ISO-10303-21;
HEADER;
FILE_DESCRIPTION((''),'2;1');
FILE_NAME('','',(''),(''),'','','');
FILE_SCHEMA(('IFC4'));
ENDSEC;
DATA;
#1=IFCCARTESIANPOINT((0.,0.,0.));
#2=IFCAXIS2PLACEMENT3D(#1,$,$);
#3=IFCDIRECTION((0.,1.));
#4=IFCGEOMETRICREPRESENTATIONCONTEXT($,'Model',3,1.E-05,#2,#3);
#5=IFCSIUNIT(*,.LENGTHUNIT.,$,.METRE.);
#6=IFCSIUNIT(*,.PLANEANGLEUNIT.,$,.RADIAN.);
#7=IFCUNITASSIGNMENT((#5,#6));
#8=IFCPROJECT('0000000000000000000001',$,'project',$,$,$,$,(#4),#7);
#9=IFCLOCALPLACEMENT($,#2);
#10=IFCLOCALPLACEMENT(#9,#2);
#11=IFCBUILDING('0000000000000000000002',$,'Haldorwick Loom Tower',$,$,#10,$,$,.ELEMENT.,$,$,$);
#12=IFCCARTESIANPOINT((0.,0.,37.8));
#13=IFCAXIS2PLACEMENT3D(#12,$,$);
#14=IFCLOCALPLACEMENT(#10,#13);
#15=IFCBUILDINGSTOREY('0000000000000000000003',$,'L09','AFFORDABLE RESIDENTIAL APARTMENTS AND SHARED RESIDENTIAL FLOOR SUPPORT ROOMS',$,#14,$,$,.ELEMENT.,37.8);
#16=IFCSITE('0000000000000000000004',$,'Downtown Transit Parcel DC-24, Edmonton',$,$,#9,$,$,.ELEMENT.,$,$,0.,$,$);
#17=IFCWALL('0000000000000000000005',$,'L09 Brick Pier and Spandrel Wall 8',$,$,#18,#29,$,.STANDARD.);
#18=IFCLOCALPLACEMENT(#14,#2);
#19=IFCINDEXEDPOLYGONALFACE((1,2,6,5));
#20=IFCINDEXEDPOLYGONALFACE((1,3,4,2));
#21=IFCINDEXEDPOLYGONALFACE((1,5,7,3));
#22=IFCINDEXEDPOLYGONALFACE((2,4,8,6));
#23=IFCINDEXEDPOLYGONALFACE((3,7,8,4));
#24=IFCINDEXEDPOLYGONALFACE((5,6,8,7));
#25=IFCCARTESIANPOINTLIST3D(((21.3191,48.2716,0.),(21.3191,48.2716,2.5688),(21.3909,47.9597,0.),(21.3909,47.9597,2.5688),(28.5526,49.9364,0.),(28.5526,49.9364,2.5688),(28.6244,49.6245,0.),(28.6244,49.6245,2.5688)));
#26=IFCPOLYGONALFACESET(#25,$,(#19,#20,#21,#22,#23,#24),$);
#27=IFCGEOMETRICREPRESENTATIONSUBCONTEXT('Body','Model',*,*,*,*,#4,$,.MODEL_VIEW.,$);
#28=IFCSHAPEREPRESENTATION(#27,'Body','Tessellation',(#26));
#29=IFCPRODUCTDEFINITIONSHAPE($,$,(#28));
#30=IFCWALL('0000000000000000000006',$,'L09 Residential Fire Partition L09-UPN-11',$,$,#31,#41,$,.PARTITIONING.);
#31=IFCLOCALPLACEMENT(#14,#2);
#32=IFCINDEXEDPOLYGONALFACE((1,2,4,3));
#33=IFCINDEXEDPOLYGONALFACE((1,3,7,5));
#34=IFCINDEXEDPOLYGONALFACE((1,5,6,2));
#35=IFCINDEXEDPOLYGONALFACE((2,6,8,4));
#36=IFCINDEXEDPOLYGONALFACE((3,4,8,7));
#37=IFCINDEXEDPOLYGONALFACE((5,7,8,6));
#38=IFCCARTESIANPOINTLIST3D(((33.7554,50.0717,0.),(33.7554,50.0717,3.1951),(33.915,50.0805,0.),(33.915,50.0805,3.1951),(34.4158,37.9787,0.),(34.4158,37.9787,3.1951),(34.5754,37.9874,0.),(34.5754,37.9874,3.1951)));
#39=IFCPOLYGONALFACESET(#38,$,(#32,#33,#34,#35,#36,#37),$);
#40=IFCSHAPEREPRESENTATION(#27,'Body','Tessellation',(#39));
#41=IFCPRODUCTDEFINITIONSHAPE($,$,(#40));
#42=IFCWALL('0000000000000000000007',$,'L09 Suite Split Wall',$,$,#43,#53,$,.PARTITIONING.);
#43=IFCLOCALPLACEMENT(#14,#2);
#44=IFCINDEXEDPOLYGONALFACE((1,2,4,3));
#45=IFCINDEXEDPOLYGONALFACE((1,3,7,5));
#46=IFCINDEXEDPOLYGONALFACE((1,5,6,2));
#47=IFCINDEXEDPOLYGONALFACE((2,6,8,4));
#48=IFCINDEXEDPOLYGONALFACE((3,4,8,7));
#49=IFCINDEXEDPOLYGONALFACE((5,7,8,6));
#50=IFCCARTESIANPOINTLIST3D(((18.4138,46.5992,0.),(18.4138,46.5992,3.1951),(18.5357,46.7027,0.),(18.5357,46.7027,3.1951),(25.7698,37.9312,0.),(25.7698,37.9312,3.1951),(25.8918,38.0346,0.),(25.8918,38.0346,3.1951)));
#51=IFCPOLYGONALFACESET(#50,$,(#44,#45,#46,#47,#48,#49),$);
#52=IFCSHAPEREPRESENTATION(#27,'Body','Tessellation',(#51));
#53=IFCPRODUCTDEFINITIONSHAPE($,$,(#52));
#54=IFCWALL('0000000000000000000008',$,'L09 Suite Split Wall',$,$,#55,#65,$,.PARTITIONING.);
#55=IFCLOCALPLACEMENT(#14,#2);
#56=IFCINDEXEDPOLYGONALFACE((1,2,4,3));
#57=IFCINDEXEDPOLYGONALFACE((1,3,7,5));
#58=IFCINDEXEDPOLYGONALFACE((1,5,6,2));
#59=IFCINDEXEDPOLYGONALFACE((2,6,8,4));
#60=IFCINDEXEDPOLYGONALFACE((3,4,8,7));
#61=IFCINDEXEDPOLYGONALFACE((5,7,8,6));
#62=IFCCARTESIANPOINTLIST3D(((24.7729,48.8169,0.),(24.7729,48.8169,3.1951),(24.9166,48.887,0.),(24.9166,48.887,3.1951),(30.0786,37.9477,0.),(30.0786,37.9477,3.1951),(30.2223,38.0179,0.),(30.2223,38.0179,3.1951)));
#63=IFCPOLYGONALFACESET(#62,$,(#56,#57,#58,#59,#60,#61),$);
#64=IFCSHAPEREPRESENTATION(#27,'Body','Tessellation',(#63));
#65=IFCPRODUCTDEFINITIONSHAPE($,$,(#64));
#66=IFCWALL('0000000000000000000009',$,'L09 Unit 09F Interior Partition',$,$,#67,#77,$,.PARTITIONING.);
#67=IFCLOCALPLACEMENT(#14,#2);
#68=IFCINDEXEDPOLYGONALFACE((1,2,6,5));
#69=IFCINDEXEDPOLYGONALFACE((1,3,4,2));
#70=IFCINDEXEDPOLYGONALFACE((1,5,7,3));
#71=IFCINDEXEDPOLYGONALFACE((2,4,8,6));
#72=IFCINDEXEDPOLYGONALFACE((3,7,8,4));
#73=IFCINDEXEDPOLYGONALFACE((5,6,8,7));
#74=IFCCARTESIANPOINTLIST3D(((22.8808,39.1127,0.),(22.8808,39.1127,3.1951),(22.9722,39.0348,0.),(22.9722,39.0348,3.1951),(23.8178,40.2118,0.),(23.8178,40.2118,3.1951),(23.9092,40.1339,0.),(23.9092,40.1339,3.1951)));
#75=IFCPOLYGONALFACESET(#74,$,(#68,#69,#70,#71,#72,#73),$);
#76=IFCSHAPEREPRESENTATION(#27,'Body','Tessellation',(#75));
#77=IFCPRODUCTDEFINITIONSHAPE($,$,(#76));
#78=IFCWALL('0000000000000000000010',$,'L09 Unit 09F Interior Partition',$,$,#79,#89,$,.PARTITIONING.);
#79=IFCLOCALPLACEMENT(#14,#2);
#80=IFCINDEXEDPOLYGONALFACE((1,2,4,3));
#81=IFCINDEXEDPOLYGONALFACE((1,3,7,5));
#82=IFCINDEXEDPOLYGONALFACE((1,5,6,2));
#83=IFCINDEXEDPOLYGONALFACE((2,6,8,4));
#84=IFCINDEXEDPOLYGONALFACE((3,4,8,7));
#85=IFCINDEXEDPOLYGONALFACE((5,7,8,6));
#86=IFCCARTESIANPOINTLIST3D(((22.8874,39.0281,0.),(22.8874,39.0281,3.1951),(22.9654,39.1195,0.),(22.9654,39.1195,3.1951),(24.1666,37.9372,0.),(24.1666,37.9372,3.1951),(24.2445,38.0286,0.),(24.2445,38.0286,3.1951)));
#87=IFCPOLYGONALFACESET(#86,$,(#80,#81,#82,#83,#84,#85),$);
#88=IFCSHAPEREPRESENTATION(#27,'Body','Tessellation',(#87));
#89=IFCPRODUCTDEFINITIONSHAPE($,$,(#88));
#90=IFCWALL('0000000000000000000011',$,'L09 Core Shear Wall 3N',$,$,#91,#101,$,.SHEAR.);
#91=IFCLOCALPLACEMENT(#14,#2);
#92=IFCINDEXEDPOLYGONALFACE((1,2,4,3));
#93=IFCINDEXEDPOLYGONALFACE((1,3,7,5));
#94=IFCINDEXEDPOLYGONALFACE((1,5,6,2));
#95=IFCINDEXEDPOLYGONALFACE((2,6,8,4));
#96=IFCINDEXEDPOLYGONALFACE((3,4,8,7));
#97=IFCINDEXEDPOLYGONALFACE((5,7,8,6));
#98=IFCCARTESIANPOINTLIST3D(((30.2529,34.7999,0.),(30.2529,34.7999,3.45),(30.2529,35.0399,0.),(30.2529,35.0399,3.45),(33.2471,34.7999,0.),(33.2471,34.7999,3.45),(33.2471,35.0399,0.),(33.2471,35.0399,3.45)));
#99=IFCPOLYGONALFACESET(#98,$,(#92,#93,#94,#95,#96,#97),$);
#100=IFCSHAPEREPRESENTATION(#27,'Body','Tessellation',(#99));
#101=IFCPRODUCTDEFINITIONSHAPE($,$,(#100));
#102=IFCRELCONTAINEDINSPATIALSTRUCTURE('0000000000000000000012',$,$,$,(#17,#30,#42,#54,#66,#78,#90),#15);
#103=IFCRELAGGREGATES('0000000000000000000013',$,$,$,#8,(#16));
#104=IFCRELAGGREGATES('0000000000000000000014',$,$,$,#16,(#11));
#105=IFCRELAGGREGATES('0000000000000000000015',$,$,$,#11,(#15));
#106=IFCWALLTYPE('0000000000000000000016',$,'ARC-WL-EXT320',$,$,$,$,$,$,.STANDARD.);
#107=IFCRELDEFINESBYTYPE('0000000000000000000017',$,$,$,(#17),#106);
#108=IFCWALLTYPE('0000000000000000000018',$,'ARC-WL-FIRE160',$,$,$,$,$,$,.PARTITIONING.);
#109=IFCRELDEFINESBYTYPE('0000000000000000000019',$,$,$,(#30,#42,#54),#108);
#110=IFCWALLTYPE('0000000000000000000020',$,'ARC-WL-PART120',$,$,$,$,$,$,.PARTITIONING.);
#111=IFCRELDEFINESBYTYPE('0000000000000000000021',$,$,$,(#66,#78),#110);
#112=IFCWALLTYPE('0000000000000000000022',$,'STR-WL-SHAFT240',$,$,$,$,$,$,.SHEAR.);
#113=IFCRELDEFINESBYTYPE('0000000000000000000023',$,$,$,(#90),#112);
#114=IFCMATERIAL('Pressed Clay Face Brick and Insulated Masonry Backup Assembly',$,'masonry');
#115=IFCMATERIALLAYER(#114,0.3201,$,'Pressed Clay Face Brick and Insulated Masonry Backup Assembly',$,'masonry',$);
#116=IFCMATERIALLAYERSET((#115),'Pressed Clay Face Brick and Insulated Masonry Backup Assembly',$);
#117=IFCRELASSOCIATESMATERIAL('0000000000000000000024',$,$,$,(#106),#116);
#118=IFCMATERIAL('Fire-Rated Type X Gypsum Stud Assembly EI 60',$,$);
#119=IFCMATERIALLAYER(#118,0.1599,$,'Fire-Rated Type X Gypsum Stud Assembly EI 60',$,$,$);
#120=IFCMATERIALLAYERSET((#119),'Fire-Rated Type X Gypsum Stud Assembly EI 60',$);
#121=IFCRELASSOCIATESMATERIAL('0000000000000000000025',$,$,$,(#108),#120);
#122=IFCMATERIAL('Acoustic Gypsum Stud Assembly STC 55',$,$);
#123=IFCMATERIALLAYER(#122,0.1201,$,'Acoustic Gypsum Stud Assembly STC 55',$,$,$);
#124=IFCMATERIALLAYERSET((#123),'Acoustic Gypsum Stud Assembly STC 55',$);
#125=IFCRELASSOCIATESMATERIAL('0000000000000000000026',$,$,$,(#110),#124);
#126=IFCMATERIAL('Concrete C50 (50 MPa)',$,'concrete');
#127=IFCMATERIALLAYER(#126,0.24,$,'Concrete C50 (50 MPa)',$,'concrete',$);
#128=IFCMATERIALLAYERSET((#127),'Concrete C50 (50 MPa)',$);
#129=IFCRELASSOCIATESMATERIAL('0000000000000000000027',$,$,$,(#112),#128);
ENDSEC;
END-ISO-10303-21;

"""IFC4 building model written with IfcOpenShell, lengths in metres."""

from ifc_helpers import new_model, si_unit, direction, frame, frame_2d, origin, place, context, subcontext, project, spatial, rectangle, extrude, material, layer, layer_set, type_object, element, save


model = new_model("IFC4")

# Units and contexts
model_context = context("Model", 3, precision=1e-05, world=origin(), true_north=direction((0.0, 1.0)))
body_context = subcontext(model_context, "Body", "Model", "MODEL_VIEW")
ifc_project = project(units=[si_unit("LENGTHUNIT", "METRE"), si_unit("PLANEANGLEUNIT", "RADIAN")], contexts=[model_context])

# Site, building, storey
site_placement = place(None, origin())
site = spatial("IfcSite", under=ifc_project, at=site_placement, Name="Downtown Transit Parcel DC-24, Edmonton", CompositionType="ELEMENT", RefElevation=0.0)
building_placement = place(site_placement, origin())
building = spatial("IfcBuilding", under=site, at=building_placement, Name="Haldorwick Loom Tower", CompositionType="ELEMENT")
storey_placement = place(building_placement, frame((0.0, 0.0, 37.8)))
storey = spatial("IfcBuildingStorey", under=building, at=storey_placement, Name="L09", Description="AFFORDABLE RESIDENTIAL APARTMENTS AND SHARED RESIDENTIAL FLOOR SUPPORT ROOMS", CompositionType="ELEMENT", Elevation=37.8)

# Walls
ifc_material_1 = material(Name="Pressed Clay Face Brick and Insulated Masonry Backup Assembly", Category="masonry")
ifc_layer_1 = layer(ifc_material_1, 0.3201, Name="Pressed Clay Face Brick and Insulated Masonry Backup Assembly", Category="masonry")
ifc_layer_set_1 = layer_set([ifc_layer_1], Name="Pressed Clay Face Brick and Insulated Masonry Backup Assembly")
wall_type_1 = type_object("IfcWallType", Name="ARC-WL-EXT320", PredefinedType="STANDARD", material=ifc_layer_set_1)
wall_1_placement = place(storey_placement, frame((28.5886, 49.7805, 0.0), z_axis=(0.0, 0.0, 1.0), x_axis=(-0.974522, -0.22429, 0.0)))
element("IfcWall", 1, at=wall_1_placement, inside=storey, type_object=wall_type_1, Name="L09 Brick Pier and Spandrel Wall 8", PredefinedType="STANDARD", context=body_context, shape_type="SweptSolid", body=[
    extrude(rectangle(XDim=7.4226, YDim=0.3201, at=frame_2d((3.7114, 0.0))), origin(), (0.0, 0.0, 1.0), 2.5688),
])
ifc_material_2 = material(Name="Fire-Rated Type X Gypsum Stud Assembly EI 60")
ifc_layer_2 = layer(ifc_material_2, 0.1599, Name="Fire-Rated Type X Gypsum Stud Assembly EI 60")
ifc_layer_set_2 = layer_set([ifc_layer_2], Name="Fire-Rated Type X Gypsum Stud Assembly EI 60")
wall_type_2 = type_object("IfcWallType", Name="ARC-WL-FIRE160", PredefinedType="PARTITIONING", material=ifc_layer_set_2)
wall_2_placement = place(storey_placement, frame((34.4956, 37.9829, 0.0), z_axis=(0.0, 0.0, 1.0), x_axis=(-0.054529, 0.998512, 0.0)))
element("IfcWall", 2, at=wall_2_placement, inside=storey, type_object=wall_type_2, Name="L09 Residential Fire Partition L09-UPN-11", PredefinedType="PARTITIONING", context=body_context, shape_type="SweptSolid", body=[
    extrude(rectangle(XDim=12.1111, YDim=0.1599, at=frame_2d((6.0557, 0.0))), origin(), (0.0, 0.0, 1.0), 3.1951),
])
wall_3_placement = place(storey_placement, frame((25.8308, 37.9829, 0.0), z_axis=(0.0, 0.0, 1.0), x_axis=(-0.647045, 0.762452, 0.0)))
element("IfcWall", 3, at=wall_3_placement, inside=storey, type_object=wall_type_2, Name="L09 Suite Split Wall", PredefinedType="PARTITIONING", context=body_context, shape_type="SweptSolid", body=[
    extrude(rectangle(XDim=11.3687, YDim=0.1599, at=frame_2d((5.6843, 0.0))), origin(), (0.0, 0.0, 1.0), 3.1951),
])
wall_4_placement = place(storey_placement, frame((30.1504, 37.9829, 0.0), z_axis=(0.0, 0.0, 1.0), x_axis=(-0.438667, 0.89865, 0.0)))
element("IfcWall", 4, at=wall_4_placement, inside=storey, type_object=wall_type_2, Name="L09 Suite Split Wall", PredefinedType="PARTITIONING", context=body_context, shape_type="SweptSolid", body=[
    extrude(rectangle(XDim=12.095, YDim=0.1599, at=frame_2d((6.0474, 0.0))), origin(), (0.0, 0.0, 1.0), 3.1951),
])
ifc_material_3 = material(Name="Acoustic Gypsum Stud Assembly STC 55")
ifc_layer_3 = layer(ifc_material_3, 0.1201, Name="Acoustic Gypsum Stud Assembly STC 55")
ifc_layer_set_3 = layer_set([ifc_layer_3], Name="Acoustic Gypsum Stud Assembly STC 55")
wall_type_3 = type_object("IfcWallType", Name="ARC-WL-PART120", PredefinedType="PARTITIONING", material=ifc_layer_set_3)
wall_5_placement = place(storey_placement, frame((23.8635, 40.1729, 0.0), z_axis=(0.0, 0.0, 1.0), x_axis=(-0.648757, -0.760996, 0.0)))
element("IfcWall", 5, at=wall_5_placement, inside=storey, type_object=wall_type_3, Name="L09 Unit 09F Interior Partition", PredefinedType="PARTITIONING", context=body_context, shape_type="SweptSolid", body=[
    extrude(rectangle(XDim=1.4443, YDim=0.1201, at=frame_2d((0.7222, 0.0))), origin(), (0.0, 0.0, 1.0), 3.1951),
])
wall_6_placement = place(storey_placement, frame((24.2056, 37.9829, 0.0), z_axis=(0.0, 0.0, 1.0), x_axis=(-0.760874, 0.6489, 0.0)))
element("IfcWall", 6, at=wall_6_placement, inside=storey, type_object=wall_type_3, Name="L09 Unit 09F Interior Partition", PredefinedType="PARTITIONING", context=body_context, shape_type="SweptSolid", body=[
    extrude(rectangle(XDim=1.6812, YDim=0.1201, at=frame_2d((0.8406, 0.0))), origin(), (0.0, 0.0, 1.0), 3.1951),
])
ifc_material_4 = material(Name="Concrete C50 (50 MPa)", Category="concrete")
ifc_layer_4 = layer(ifc_material_4, 0.24, Name="Concrete C50 (50 MPa)", Category="concrete")
ifc_layer_set_4 = layer_set([ifc_layer_4], Name="Concrete C50 (50 MPa)")
wall_type_4 = type_object("IfcWallType", Name="STR-WL-SHAFT240", PredefinedType="SHEAR", material=ifc_layer_set_4)
wall_7_placement = place(storey_placement, frame((30.2529, 34.9199, 0.0), z_axis=(0.0, 0.0, 1.0), x_axis=(1.0, 0.0, 0.0)))
element("IfcWall", 7, at=wall_7_placement, inside=storey, type_object=wall_type_4, Name="L09 Core Shear Wall 3N", PredefinedType="SHEAR", context=body_context, shape_type="SweptSolid", body=[
    extrude(rectangle(XDim=2.9941, YDim=0.24, at=frame_2d((1.4971, 0.0))), origin(), (0.0, 0.0, 1.0), 3.45),
])

save(model, "model.ifc")
